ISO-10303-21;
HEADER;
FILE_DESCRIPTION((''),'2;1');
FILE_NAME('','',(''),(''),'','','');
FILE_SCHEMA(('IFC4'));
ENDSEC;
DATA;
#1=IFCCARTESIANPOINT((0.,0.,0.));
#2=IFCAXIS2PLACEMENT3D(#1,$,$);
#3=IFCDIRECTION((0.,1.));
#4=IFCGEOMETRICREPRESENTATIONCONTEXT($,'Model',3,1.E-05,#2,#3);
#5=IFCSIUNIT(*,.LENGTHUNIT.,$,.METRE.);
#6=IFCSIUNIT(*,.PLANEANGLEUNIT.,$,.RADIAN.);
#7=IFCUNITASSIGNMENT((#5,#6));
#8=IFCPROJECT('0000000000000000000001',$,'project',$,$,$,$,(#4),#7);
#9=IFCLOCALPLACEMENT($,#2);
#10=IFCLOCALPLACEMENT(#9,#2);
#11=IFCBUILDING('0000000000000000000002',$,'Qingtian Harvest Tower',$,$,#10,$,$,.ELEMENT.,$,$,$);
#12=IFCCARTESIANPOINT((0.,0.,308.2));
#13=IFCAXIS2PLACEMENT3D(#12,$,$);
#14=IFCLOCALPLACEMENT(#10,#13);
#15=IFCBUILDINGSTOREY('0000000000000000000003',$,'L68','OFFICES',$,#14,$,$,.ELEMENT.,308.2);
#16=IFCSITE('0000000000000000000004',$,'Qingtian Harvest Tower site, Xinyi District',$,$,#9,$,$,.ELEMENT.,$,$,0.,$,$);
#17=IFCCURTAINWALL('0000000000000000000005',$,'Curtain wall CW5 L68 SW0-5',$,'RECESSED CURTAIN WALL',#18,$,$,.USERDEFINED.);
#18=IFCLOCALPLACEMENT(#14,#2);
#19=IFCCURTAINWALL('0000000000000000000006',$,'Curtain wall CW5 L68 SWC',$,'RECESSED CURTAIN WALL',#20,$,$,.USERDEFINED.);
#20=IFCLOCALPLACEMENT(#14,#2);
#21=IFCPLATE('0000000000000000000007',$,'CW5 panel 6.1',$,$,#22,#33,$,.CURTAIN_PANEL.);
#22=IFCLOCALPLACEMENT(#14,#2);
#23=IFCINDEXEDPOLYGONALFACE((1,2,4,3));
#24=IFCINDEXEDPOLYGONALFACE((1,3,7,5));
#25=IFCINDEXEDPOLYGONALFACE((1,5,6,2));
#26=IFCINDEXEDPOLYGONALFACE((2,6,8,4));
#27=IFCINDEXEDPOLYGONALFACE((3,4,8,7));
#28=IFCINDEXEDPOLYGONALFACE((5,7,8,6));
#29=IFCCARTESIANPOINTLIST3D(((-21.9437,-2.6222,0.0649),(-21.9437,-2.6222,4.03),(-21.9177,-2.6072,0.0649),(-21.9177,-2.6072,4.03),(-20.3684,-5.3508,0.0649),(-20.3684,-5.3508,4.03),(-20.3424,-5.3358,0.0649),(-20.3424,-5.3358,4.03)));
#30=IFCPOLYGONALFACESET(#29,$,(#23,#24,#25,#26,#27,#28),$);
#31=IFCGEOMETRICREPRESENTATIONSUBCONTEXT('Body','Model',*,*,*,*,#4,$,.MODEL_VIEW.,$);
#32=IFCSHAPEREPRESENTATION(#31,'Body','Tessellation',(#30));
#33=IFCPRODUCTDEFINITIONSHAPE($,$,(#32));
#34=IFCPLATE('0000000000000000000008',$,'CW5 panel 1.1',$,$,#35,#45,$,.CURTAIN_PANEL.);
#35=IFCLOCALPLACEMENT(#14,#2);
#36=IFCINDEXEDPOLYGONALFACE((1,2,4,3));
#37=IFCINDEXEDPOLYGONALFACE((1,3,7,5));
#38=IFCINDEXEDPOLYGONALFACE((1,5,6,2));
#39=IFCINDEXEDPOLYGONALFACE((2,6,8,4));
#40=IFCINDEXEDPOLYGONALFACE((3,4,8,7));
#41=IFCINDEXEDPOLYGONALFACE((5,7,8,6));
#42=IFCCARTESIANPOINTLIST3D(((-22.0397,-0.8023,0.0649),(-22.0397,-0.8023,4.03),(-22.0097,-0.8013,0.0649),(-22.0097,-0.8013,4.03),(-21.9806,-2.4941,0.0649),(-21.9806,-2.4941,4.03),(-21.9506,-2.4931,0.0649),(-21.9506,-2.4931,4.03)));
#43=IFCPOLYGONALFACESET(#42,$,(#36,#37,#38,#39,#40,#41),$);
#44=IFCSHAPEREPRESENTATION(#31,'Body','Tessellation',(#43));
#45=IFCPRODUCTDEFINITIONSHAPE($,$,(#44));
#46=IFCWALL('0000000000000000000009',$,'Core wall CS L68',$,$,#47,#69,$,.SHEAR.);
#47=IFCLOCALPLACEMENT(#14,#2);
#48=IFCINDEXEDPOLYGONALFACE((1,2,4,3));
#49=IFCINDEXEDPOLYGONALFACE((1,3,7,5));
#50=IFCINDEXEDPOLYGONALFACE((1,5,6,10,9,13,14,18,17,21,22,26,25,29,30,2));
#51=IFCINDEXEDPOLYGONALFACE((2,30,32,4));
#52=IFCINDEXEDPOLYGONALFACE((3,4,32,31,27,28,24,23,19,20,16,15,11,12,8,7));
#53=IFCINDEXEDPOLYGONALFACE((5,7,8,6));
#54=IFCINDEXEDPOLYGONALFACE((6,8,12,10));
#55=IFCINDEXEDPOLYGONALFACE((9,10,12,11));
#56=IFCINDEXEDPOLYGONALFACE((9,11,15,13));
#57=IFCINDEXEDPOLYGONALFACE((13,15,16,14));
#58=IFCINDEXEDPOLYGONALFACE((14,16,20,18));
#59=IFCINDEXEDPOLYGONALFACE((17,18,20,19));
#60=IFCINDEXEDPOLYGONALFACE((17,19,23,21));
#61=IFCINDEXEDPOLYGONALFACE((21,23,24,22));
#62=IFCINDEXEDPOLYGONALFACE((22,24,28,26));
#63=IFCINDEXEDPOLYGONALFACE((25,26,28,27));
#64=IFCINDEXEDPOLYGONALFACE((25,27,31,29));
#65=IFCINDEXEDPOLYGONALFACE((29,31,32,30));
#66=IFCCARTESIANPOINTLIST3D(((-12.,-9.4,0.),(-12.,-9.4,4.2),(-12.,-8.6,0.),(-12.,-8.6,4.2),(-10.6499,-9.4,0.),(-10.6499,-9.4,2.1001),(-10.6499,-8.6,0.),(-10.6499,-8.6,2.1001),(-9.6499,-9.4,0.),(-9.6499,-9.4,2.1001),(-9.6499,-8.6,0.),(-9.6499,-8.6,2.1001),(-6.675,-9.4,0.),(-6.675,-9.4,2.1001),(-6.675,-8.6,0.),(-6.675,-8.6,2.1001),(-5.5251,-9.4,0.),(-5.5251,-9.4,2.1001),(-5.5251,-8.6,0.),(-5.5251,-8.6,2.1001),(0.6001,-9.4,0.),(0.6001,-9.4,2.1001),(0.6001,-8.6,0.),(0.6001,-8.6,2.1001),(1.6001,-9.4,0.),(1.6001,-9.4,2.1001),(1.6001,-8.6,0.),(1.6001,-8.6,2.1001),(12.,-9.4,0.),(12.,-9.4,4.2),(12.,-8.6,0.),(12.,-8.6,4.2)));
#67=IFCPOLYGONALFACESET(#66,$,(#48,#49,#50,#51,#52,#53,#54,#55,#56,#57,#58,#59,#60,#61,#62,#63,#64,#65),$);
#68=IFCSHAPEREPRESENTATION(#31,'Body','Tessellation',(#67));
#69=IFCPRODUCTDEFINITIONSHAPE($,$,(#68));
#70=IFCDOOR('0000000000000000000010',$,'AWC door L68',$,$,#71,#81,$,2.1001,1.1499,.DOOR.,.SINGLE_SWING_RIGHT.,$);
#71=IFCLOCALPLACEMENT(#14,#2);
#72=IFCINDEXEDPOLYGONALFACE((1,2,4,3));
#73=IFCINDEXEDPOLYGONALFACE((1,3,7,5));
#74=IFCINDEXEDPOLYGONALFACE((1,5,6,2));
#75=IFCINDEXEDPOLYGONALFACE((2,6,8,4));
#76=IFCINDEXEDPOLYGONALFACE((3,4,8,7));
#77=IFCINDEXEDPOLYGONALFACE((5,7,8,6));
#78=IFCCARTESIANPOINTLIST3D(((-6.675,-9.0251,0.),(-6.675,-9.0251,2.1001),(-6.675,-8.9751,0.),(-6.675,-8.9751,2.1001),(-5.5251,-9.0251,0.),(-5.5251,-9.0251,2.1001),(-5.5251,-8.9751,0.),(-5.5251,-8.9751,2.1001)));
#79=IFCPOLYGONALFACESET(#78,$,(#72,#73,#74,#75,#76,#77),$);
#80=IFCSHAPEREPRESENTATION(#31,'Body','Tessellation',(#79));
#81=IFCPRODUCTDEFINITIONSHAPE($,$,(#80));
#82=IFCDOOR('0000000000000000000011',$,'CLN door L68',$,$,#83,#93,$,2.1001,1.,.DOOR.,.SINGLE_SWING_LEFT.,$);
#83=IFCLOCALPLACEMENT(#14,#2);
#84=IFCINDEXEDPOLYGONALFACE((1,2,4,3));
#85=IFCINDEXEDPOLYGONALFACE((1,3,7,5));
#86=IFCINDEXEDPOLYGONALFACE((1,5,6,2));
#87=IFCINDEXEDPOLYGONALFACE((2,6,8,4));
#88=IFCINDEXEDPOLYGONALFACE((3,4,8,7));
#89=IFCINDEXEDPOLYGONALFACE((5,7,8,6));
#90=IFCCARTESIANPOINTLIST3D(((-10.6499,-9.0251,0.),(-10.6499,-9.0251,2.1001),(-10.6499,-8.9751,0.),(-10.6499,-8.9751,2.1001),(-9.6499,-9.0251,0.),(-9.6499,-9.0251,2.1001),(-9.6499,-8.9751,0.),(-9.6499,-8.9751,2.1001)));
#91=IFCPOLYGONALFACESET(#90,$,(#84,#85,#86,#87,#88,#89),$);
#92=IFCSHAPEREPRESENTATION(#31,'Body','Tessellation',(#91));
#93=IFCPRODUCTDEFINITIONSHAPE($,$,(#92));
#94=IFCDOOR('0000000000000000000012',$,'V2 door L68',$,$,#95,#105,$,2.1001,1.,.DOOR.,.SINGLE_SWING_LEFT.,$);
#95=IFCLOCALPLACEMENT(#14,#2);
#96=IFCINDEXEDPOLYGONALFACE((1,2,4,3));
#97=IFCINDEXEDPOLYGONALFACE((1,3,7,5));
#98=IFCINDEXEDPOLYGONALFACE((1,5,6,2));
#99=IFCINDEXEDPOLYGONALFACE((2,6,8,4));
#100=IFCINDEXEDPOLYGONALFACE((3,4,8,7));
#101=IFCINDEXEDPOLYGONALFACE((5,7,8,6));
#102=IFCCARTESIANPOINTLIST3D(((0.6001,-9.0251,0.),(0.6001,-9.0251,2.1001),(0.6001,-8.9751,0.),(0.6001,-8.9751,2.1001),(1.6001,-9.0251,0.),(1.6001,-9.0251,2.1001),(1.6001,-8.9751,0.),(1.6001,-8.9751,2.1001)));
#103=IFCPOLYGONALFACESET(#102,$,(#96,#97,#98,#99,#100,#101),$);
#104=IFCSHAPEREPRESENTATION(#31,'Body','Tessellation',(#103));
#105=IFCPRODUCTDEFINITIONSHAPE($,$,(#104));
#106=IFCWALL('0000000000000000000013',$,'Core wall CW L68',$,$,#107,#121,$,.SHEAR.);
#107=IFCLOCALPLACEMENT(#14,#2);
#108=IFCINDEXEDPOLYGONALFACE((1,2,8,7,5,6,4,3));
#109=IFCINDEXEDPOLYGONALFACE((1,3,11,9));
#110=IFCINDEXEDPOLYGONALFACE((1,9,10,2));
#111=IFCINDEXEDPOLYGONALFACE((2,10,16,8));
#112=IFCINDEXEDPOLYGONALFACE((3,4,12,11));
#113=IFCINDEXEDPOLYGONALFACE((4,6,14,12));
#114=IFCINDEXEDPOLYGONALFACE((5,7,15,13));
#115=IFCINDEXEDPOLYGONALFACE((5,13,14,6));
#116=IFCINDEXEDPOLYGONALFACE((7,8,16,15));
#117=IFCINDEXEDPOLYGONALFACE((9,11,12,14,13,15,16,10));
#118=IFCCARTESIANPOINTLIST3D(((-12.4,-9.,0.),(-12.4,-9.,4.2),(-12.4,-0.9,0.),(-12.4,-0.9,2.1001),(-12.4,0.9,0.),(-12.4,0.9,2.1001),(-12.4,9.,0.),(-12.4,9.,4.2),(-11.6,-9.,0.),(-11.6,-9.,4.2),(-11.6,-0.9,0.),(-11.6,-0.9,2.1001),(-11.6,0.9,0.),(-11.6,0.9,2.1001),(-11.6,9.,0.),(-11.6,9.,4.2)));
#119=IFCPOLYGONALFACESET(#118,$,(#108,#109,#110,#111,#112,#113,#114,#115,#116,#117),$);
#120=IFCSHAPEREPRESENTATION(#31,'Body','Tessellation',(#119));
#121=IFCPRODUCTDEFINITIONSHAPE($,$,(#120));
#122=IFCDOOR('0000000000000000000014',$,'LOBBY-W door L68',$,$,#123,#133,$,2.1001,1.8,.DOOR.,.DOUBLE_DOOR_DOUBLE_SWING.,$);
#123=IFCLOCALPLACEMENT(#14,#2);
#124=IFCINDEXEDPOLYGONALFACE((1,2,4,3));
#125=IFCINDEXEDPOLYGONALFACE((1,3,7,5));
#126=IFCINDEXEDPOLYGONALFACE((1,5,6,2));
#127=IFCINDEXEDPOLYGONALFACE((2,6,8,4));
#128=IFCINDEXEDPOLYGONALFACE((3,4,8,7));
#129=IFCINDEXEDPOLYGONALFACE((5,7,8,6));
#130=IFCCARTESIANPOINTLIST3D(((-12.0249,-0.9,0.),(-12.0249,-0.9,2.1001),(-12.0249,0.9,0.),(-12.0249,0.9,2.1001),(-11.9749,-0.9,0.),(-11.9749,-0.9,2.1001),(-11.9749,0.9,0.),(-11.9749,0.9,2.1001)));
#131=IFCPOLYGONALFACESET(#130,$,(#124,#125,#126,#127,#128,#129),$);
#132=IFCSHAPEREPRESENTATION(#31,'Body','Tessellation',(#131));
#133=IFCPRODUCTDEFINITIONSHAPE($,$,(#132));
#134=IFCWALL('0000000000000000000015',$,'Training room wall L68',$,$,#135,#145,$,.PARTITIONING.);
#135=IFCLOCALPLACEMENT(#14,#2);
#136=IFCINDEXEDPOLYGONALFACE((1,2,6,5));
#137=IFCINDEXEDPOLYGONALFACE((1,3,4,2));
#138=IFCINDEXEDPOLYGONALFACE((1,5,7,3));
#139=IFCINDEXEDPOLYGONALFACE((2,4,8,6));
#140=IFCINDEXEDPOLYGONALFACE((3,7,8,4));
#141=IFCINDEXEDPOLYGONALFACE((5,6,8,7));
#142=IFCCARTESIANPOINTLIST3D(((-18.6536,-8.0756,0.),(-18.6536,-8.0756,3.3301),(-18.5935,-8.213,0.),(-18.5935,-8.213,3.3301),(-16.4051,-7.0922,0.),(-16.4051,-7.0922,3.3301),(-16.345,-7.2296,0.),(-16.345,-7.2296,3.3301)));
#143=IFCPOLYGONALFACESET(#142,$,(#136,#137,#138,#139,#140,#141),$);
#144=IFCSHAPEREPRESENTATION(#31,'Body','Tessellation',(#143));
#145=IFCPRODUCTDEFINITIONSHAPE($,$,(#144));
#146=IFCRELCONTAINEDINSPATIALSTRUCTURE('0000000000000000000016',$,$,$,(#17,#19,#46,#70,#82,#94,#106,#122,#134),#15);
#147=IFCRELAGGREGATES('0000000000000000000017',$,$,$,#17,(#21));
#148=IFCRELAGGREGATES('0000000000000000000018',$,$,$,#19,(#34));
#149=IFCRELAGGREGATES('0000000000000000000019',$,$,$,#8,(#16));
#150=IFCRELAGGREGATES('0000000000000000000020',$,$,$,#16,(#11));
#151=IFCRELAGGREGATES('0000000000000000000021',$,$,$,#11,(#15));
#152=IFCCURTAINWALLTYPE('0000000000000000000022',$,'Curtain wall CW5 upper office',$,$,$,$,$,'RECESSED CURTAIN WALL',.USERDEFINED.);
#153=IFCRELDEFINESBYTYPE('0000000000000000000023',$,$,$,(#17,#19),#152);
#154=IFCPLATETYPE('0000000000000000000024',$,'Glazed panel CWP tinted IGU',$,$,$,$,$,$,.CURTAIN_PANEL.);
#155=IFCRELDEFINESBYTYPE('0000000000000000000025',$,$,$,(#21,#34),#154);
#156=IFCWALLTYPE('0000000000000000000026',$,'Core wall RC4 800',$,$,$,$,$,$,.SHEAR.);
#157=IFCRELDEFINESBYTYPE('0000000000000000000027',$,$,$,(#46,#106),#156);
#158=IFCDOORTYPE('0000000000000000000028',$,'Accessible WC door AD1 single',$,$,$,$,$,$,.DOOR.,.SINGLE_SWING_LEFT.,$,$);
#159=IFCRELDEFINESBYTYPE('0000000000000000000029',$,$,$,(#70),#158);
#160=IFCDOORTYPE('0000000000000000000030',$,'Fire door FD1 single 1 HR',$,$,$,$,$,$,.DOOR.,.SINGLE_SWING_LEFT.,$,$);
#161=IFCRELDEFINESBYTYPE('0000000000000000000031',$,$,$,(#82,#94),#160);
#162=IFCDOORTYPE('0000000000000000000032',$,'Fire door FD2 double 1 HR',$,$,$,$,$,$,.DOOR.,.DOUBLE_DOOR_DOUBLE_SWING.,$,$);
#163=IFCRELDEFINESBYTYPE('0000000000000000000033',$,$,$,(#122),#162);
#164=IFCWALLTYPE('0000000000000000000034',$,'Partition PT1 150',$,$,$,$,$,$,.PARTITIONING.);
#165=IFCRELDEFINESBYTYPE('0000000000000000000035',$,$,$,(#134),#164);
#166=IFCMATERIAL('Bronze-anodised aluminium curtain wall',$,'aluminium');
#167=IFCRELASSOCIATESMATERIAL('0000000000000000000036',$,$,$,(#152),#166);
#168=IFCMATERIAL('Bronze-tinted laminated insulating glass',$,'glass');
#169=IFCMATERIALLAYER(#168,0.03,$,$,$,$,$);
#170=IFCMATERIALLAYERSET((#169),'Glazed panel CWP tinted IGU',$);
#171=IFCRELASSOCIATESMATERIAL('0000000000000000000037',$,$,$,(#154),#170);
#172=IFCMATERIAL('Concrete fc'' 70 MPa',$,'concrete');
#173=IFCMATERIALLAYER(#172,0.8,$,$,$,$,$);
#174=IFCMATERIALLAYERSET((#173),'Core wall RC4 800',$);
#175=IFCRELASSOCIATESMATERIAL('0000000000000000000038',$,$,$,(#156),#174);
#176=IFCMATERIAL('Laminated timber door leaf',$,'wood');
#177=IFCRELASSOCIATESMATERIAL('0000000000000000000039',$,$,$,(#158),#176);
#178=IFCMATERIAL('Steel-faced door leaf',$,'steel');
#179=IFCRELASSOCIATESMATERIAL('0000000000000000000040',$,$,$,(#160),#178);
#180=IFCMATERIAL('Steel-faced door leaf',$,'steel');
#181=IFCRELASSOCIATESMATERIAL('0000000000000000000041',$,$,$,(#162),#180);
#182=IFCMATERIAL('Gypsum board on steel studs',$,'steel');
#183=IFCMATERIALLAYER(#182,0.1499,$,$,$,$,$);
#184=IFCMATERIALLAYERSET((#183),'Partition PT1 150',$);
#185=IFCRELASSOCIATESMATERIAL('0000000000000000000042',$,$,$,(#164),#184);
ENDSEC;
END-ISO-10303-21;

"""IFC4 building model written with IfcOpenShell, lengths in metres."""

from ifc_helpers import new_model, si_unit, direction, frame, frame_2d, origin, origin_2d, place, context, subcontext, project, spatial, rectangle, extrude, material, layer, layer_set, type_object, element, fill, aggregate, save


model = new_model("IFC4")

# Units and contexts
model_context = context("Model", 3, precision=1e-05, world=origin(), true_north=direction((0.0, 1.0)))
body_context = subcontext(model_context, "Body", "Model", "MODEL_VIEW")
ifc_project = project(units=[si_unit("LENGTHUNIT", "METRE"), si_unit("PLANEANGLEUNIT", "RADIAN")], contexts=[model_context])

# Site, building, storey
site_placement = place(None, origin())
site = spatial("IfcSite", under=ifc_project, at=site_placement, Name="Qingtian Harvest Tower site, Xinyi District", CompositionType="ELEMENT", RefElevation=0.0)
building_placement = place(site_placement, origin())
building = spatial("IfcBuilding", under=site, at=building_placement, Name="Qingtian Harvest Tower", CompositionType="ELEMENT")
storey_placement = place(building_placement, frame((0.0, 0.0, 308.2)))
storey = spatial("IfcBuildingStorey", under=building, at=storey_placement, Name="L68", Description="OFFICES", CompositionType="ELEMENT", Elevation=308.2)

# Curtain walls
ifc_material_1 = material(Name="Bronze-anodised aluminium curtain wall", Category="aluminium")
curtain_wall_type = type_object("IfcCurtainWallType", Name="Curtain wall CW5 upper office", ElementType="RECESSED CURTAIN WALL", PredefinedType="USERDEFINED", material=ifc_material_1)
curtain_wall_1_placement = place(storey_placement, origin())
curtain_wall_1 = element("IfcCurtainWall", 1, at=curtain_wall_1_placement, inside=storey, type_object=curtain_wall_type, Name="Curtain wall CW5 L68 SW0-5", ObjectType="RECESSED CURTAIN WALL", PredefinedType="USERDEFINED")
curtain_wall_2_placement = place(storey_placement, origin())
curtain_wall_2 = element("IfcCurtainWall", 2, at=curtain_wall_2_placement, inside=storey, type_object=curtain_wall_type, Name="Curtain wall CW5 L68 SWC", ObjectType="RECESSED CURTAIN WALL", PredefinedType="USERDEFINED")

# Plates
ifc_material_2 = material(Name="Bronze-tinted laminated insulating glass", Category="glass")
ifc_layer_1 = layer(ifc_material_2, 0.03)
ifc_layer_set_1 = layer_set([ifc_layer_1], Name="Glazed panel CWP tinted IGU")
plate_type = type_object("IfcPlateType", Name="Glazed panel CWP tinted IGU", PredefinedType="CURTAIN_PANEL", material=ifc_layer_set_1)
plate_1_placement = place(storey_placement, frame((-21.1431, -3.979, 0.0649), z_axis=(0.0, 0.0, 1.0), x_axis=(-0.5, 0.866025, 0.0)))
plate_1 = element("IfcPlate", 3, at=plate_1_placement, type_object=plate_type, Name="CW5 panel 6.1", PredefinedType="CURTAIN_PANEL", context=body_context, shape_type="SweptSolid", body=[
    extrude(rectangle(XDim=3.1506, YDim=0.03, at=origin_2d()), origin(), (0.0, 0.0, 1.0), 3.9651),
])
aggregate(curtain_wall_1, [plate_1])
plate_2_placement = place(storey_placement, frame((-21.9951, -1.6477, 0.0649), z_axis=(0.0, 0.0, 1.0), x_axis=(-0.034899, 0.999391, 0.0)))
plate_2 = element("IfcPlate", 4, at=plate_2_placement, type_object=plate_type, Name="CW5 panel 1.1", PredefinedType="CURTAIN_PANEL", context=body_context, shape_type="SweptSolid", body=[
    extrude(rectangle(XDim=1.6929, YDim=0.03, at=origin_2d()), origin(), (0.0, 0.0, 1.0), 3.9651),
])
aggregate(curtain_wall_2, [plate_2])

# Wall, openings, doors
ifc_material_3 = material(Name="Concrete fc' 70 MPa", Category="concrete")
ifc_layer_2 = layer(ifc_material_3, 0.8)
ifc_layer_set_2 = layer_set([ifc_layer_2], Name="Core wall RC4 800")
wall_type_1 = type_object("IfcWallType", Name="Core wall RC4 800", PredefinedType="SHEAR", material=ifc_layer_set_2)
wall_1_placement = place(storey_placement, frame((-12.0, -9.0, 0.0), z_axis=(0.0, 0.0, 1.0), x_axis=(1.0, 0.0, 0.0)))
wall_1 = element("IfcWall", 5, at=wall_1_placement, inside=storey, type_object=wall_type_1, Name="Core wall CS L68", PredefinedType="SHEAR", context=body_context, shape_type="SweptSolid", body=[
    extrude(rectangle(XDim=24.0, YDim=0.8, at=frame_2d((12.0, 0.0))), origin(), (0.0, 0.0, 1.0), 4.2),
])
opening_1_placement = place(wall_1_placement, frame((1.3501, 0.0, 0.0)))
opening_1 = element("IfcOpeningElement", 6, at=opening_1_placement, cuts=wall_1, PredefinedType="OPENING", context=body_context, shape_type="SweptSolid", body=[
    extrude(rectangle(XDim=1.0, YDim=2.1001, at=frame_2d((0.5, 1.05))), frame((0.0, 0.4099, 0.0), z_axis=(0.0, -1.0, 0.0), x_axis=(1.0, 0.0, 0.0)), (0.0, 0.0, 1.0), 0.8201),
])
opening_2_placement = place(wall_1_placement, frame((5.325, 0.0, 0.0)))
opening_2 = element("IfcOpeningElement", 7, at=opening_2_placement, cuts=wall_1, PredefinedType="OPENING", context=body_context, shape_type="SweptSolid", body=[
    extrude(rectangle(XDim=1.1499, YDim=2.1001, at=frame_2d((0.575, 1.05))), frame((0.0, 0.4099, 0.0), z_axis=(0.0, -1.0, 0.0), x_axis=(1.0, 0.0, 0.0)), (0.0, 0.0, 1.0), 0.8201),
])
opening_3_placement = place(wall_1_placement, frame((12.6001, 0.0, 0.0)))
opening_3 = element("IfcOpeningElement", 8, at=opening_3_placement, cuts=wall_1, PredefinedType="OPENING", context=body_context, shape_type="SweptSolid", body=[
    extrude(rectangle(XDim=1.0, YDim=2.1001, at=frame_2d((0.5, 1.05))), frame((0.0, 0.4099, 0.0), z_axis=(0.0, -1.0, 0.0), x_axis=(1.0, 0.0, 0.0)), (0.0, 0.0, 1.0), 0.8201),
])
ifc_material_4 = material(Name="Laminated timber door leaf", Category="wood")
door_type_1 = type_object("IfcDoorType", Name="Accessible WC door AD1 single", OperationType="SINGLE_SWING_LEFT", PredefinedType="DOOR", material=ifc_material_4)
door_1_placement = place(opening_2_placement, origin())
door_1 = element("IfcDoor", 9, at=door_1_placement, inside=storey, type_object=door_type_1, Name="AWC door L68", OperationType="SINGLE_SWING_RIGHT", OverallHeight=2.1001, OverallWidth=1.1499, PredefinedType="DOOR", context=body_context, shape_type="SweptSolid", body=[
    extrude(rectangle(XDim=1.1499, YDim=2.1001, at=frame_2d((0.575, 1.05))), frame((0.0, 0.0249, 0.0), z_axis=(0.0, -1.0, 0.0), x_axis=(1.0, 0.0, 0.0)), (0.0, 0.0, 1.0), 0.05),
])
fill(opening_2, door_1)
ifc_material_5 = material(Name="Steel-faced door leaf", Category="steel")
door_type_2 = type_object("IfcDoorType", Name="Fire door FD1 single 1 HR", OperationType="SINGLE_SWING_LEFT", PredefinedType="DOOR", material=ifc_material_5)
door_2_placement = place(opening_1_placement, origin())
door_2 = element("IfcDoor", 10, at=door_2_placement, inside=storey, type_object=door_type_2, Name="CLN door L68", OperationType="SINGLE_SWING_LEFT", OverallHeight=2.1001, OverallWidth=1.0, PredefinedType="DOOR", context=body_context, shape_type="SweptSolid", body=[
    extrude(rectangle(XDim=1.0, YDim=2.1001, at=frame_2d((0.5, 1.05))), frame((0.0, 0.0249, 0.0), z_axis=(0.0, -1.0, 0.0), x_axis=(1.0, 0.0, 0.0)), (0.0, 0.0, 1.0), 0.05),
])
fill(opening_1, door_2)
door_3_placement = place(opening_3_placement, origin())
door_3 = element("IfcDoor", 11, at=door_3_placement, inside=storey, type_object=door_type_2, Name="V2 door L68", OperationType="SINGLE_SWING_LEFT", OverallHeight=2.1001, OverallWidth=1.0, PredefinedType="DOOR", context=body_context, shape_type="SweptSolid", body=[
    extrude(rectangle(XDim=1.0, YDim=2.1001, at=frame_2d((0.5, 1.05))), frame((0.0, 0.0249, 0.0), z_axis=(0.0, -1.0, 0.0), x_axis=(1.0, 0.0, 0.0)), (0.0, 0.0, 1.0), 0.05),
])
fill(opening_3, door_3)

# Wall, opening, door
wall_2_placement = place(storey_placement, frame((-12.0, -9.0, 0.0), z_axis=(0.0, 0.0, 1.0), x_axis=(0.0, 1.0, 0.0)))
wall_2 = element("IfcWall", 12, at=wall_2_placement, inside=storey, type_object=wall_type_1, Name="Core wall CW L68", PredefinedType="SHEAR", context=body_context, shape_type="SweptSolid", body=[
    extrude(rectangle(XDim=18.0, YDim=0.8, at=frame_2d((9.0, 0.0))), origin(), (0.0, 0.0, 1.0), 4.2),
])
opening_4_placement = place(wall_2_placement, frame((8.1001, 0.0, 0.0)))
opening_4 = element("IfcOpeningElement", 13, at=opening_4_placement, cuts=wall_2, PredefinedType="OPENING", context=body_context, shape_type="SweptSolid", body=[
    extrude(rectangle(XDim=1.8, YDim=2.1001, at=frame_2d((0.8999, 1.05))), frame((0.0, 0.4099, 0.0), z_axis=(0.0, -1.0, 0.0), x_axis=(1.0, 0.0, 0.0)), (0.0, 0.0, 1.0), 0.8201),
])
ifc_material_6 = material(Name="Steel-faced door leaf", Category="steel")
door_type_3 = type_object("IfcDoorType", Name="Fire door FD2 double 1 HR", OperationType="DOUBLE_DOOR_DOUBLE_SWING", PredefinedType="DOOR", material=ifc_material_6)
door_4_placement = place(opening_4_placement, origin())
door_4 = element("IfcDoor", 14, at=door_4_placement, inside=storey, type_object=door_type_3, Name="LOBBY-W door L68", OperationType="DOUBLE_DOOR_DOUBLE_SWING", OverallHeight=2.1001, OverallWidth=1.8, PredefinedType="DOOR", context=body_context, shape_type="SweptSolid", body=[
    extrude(rectangle(XDim=1.8, YDim=2.1001, at=frame_2d((0.8999, 1.05))), frame((0.0, 0.0249, 0.0), z_axis=(0.0, -1.0, 0.0), x_axis=(1.0, 0.0, 0.0)), (0.0, 0.0, 1.0), 0.05),
])
fill(opening_4, door_4)

# Wall
ifc_material_7 = material(Name="Gypsum board on steel studs", Category="steel")
ifc_layer_3 = layer(ifc_material_7, 0.1499)
ifc_layer_set_3 = layer_set([ifc_layer_3], Name="Partition PT1 150")
wall_type_2 = type_object("IfcWallType", Name="Partition PT1 150", PredefinedType="PARTITIONING", material=ifc_layer_set_3)
wall_3_placement = place(storey_placement, frame((-18.6235, -8.1443, 0.0), z_axis=(0.0, 0.0, 1.0), x_axis=(0.916208, 0.400704, 0.0)))
element("IfcWall", 15, at=wall_3_placement, inside=storey, type_object=wall_type_2, Name="Training room wall L68", PredefinedType="PARTITIONING", context=body_context, shape_type="SweptSolid", body=[
    extrude(rectangle(XDim=2.4541, YDim=0.1499, at=frame_2d((1.2271, 0.0))), origin(), (0.0, 0.0, 1.0), 3.3301),
])

save(model, "model.ifc")
